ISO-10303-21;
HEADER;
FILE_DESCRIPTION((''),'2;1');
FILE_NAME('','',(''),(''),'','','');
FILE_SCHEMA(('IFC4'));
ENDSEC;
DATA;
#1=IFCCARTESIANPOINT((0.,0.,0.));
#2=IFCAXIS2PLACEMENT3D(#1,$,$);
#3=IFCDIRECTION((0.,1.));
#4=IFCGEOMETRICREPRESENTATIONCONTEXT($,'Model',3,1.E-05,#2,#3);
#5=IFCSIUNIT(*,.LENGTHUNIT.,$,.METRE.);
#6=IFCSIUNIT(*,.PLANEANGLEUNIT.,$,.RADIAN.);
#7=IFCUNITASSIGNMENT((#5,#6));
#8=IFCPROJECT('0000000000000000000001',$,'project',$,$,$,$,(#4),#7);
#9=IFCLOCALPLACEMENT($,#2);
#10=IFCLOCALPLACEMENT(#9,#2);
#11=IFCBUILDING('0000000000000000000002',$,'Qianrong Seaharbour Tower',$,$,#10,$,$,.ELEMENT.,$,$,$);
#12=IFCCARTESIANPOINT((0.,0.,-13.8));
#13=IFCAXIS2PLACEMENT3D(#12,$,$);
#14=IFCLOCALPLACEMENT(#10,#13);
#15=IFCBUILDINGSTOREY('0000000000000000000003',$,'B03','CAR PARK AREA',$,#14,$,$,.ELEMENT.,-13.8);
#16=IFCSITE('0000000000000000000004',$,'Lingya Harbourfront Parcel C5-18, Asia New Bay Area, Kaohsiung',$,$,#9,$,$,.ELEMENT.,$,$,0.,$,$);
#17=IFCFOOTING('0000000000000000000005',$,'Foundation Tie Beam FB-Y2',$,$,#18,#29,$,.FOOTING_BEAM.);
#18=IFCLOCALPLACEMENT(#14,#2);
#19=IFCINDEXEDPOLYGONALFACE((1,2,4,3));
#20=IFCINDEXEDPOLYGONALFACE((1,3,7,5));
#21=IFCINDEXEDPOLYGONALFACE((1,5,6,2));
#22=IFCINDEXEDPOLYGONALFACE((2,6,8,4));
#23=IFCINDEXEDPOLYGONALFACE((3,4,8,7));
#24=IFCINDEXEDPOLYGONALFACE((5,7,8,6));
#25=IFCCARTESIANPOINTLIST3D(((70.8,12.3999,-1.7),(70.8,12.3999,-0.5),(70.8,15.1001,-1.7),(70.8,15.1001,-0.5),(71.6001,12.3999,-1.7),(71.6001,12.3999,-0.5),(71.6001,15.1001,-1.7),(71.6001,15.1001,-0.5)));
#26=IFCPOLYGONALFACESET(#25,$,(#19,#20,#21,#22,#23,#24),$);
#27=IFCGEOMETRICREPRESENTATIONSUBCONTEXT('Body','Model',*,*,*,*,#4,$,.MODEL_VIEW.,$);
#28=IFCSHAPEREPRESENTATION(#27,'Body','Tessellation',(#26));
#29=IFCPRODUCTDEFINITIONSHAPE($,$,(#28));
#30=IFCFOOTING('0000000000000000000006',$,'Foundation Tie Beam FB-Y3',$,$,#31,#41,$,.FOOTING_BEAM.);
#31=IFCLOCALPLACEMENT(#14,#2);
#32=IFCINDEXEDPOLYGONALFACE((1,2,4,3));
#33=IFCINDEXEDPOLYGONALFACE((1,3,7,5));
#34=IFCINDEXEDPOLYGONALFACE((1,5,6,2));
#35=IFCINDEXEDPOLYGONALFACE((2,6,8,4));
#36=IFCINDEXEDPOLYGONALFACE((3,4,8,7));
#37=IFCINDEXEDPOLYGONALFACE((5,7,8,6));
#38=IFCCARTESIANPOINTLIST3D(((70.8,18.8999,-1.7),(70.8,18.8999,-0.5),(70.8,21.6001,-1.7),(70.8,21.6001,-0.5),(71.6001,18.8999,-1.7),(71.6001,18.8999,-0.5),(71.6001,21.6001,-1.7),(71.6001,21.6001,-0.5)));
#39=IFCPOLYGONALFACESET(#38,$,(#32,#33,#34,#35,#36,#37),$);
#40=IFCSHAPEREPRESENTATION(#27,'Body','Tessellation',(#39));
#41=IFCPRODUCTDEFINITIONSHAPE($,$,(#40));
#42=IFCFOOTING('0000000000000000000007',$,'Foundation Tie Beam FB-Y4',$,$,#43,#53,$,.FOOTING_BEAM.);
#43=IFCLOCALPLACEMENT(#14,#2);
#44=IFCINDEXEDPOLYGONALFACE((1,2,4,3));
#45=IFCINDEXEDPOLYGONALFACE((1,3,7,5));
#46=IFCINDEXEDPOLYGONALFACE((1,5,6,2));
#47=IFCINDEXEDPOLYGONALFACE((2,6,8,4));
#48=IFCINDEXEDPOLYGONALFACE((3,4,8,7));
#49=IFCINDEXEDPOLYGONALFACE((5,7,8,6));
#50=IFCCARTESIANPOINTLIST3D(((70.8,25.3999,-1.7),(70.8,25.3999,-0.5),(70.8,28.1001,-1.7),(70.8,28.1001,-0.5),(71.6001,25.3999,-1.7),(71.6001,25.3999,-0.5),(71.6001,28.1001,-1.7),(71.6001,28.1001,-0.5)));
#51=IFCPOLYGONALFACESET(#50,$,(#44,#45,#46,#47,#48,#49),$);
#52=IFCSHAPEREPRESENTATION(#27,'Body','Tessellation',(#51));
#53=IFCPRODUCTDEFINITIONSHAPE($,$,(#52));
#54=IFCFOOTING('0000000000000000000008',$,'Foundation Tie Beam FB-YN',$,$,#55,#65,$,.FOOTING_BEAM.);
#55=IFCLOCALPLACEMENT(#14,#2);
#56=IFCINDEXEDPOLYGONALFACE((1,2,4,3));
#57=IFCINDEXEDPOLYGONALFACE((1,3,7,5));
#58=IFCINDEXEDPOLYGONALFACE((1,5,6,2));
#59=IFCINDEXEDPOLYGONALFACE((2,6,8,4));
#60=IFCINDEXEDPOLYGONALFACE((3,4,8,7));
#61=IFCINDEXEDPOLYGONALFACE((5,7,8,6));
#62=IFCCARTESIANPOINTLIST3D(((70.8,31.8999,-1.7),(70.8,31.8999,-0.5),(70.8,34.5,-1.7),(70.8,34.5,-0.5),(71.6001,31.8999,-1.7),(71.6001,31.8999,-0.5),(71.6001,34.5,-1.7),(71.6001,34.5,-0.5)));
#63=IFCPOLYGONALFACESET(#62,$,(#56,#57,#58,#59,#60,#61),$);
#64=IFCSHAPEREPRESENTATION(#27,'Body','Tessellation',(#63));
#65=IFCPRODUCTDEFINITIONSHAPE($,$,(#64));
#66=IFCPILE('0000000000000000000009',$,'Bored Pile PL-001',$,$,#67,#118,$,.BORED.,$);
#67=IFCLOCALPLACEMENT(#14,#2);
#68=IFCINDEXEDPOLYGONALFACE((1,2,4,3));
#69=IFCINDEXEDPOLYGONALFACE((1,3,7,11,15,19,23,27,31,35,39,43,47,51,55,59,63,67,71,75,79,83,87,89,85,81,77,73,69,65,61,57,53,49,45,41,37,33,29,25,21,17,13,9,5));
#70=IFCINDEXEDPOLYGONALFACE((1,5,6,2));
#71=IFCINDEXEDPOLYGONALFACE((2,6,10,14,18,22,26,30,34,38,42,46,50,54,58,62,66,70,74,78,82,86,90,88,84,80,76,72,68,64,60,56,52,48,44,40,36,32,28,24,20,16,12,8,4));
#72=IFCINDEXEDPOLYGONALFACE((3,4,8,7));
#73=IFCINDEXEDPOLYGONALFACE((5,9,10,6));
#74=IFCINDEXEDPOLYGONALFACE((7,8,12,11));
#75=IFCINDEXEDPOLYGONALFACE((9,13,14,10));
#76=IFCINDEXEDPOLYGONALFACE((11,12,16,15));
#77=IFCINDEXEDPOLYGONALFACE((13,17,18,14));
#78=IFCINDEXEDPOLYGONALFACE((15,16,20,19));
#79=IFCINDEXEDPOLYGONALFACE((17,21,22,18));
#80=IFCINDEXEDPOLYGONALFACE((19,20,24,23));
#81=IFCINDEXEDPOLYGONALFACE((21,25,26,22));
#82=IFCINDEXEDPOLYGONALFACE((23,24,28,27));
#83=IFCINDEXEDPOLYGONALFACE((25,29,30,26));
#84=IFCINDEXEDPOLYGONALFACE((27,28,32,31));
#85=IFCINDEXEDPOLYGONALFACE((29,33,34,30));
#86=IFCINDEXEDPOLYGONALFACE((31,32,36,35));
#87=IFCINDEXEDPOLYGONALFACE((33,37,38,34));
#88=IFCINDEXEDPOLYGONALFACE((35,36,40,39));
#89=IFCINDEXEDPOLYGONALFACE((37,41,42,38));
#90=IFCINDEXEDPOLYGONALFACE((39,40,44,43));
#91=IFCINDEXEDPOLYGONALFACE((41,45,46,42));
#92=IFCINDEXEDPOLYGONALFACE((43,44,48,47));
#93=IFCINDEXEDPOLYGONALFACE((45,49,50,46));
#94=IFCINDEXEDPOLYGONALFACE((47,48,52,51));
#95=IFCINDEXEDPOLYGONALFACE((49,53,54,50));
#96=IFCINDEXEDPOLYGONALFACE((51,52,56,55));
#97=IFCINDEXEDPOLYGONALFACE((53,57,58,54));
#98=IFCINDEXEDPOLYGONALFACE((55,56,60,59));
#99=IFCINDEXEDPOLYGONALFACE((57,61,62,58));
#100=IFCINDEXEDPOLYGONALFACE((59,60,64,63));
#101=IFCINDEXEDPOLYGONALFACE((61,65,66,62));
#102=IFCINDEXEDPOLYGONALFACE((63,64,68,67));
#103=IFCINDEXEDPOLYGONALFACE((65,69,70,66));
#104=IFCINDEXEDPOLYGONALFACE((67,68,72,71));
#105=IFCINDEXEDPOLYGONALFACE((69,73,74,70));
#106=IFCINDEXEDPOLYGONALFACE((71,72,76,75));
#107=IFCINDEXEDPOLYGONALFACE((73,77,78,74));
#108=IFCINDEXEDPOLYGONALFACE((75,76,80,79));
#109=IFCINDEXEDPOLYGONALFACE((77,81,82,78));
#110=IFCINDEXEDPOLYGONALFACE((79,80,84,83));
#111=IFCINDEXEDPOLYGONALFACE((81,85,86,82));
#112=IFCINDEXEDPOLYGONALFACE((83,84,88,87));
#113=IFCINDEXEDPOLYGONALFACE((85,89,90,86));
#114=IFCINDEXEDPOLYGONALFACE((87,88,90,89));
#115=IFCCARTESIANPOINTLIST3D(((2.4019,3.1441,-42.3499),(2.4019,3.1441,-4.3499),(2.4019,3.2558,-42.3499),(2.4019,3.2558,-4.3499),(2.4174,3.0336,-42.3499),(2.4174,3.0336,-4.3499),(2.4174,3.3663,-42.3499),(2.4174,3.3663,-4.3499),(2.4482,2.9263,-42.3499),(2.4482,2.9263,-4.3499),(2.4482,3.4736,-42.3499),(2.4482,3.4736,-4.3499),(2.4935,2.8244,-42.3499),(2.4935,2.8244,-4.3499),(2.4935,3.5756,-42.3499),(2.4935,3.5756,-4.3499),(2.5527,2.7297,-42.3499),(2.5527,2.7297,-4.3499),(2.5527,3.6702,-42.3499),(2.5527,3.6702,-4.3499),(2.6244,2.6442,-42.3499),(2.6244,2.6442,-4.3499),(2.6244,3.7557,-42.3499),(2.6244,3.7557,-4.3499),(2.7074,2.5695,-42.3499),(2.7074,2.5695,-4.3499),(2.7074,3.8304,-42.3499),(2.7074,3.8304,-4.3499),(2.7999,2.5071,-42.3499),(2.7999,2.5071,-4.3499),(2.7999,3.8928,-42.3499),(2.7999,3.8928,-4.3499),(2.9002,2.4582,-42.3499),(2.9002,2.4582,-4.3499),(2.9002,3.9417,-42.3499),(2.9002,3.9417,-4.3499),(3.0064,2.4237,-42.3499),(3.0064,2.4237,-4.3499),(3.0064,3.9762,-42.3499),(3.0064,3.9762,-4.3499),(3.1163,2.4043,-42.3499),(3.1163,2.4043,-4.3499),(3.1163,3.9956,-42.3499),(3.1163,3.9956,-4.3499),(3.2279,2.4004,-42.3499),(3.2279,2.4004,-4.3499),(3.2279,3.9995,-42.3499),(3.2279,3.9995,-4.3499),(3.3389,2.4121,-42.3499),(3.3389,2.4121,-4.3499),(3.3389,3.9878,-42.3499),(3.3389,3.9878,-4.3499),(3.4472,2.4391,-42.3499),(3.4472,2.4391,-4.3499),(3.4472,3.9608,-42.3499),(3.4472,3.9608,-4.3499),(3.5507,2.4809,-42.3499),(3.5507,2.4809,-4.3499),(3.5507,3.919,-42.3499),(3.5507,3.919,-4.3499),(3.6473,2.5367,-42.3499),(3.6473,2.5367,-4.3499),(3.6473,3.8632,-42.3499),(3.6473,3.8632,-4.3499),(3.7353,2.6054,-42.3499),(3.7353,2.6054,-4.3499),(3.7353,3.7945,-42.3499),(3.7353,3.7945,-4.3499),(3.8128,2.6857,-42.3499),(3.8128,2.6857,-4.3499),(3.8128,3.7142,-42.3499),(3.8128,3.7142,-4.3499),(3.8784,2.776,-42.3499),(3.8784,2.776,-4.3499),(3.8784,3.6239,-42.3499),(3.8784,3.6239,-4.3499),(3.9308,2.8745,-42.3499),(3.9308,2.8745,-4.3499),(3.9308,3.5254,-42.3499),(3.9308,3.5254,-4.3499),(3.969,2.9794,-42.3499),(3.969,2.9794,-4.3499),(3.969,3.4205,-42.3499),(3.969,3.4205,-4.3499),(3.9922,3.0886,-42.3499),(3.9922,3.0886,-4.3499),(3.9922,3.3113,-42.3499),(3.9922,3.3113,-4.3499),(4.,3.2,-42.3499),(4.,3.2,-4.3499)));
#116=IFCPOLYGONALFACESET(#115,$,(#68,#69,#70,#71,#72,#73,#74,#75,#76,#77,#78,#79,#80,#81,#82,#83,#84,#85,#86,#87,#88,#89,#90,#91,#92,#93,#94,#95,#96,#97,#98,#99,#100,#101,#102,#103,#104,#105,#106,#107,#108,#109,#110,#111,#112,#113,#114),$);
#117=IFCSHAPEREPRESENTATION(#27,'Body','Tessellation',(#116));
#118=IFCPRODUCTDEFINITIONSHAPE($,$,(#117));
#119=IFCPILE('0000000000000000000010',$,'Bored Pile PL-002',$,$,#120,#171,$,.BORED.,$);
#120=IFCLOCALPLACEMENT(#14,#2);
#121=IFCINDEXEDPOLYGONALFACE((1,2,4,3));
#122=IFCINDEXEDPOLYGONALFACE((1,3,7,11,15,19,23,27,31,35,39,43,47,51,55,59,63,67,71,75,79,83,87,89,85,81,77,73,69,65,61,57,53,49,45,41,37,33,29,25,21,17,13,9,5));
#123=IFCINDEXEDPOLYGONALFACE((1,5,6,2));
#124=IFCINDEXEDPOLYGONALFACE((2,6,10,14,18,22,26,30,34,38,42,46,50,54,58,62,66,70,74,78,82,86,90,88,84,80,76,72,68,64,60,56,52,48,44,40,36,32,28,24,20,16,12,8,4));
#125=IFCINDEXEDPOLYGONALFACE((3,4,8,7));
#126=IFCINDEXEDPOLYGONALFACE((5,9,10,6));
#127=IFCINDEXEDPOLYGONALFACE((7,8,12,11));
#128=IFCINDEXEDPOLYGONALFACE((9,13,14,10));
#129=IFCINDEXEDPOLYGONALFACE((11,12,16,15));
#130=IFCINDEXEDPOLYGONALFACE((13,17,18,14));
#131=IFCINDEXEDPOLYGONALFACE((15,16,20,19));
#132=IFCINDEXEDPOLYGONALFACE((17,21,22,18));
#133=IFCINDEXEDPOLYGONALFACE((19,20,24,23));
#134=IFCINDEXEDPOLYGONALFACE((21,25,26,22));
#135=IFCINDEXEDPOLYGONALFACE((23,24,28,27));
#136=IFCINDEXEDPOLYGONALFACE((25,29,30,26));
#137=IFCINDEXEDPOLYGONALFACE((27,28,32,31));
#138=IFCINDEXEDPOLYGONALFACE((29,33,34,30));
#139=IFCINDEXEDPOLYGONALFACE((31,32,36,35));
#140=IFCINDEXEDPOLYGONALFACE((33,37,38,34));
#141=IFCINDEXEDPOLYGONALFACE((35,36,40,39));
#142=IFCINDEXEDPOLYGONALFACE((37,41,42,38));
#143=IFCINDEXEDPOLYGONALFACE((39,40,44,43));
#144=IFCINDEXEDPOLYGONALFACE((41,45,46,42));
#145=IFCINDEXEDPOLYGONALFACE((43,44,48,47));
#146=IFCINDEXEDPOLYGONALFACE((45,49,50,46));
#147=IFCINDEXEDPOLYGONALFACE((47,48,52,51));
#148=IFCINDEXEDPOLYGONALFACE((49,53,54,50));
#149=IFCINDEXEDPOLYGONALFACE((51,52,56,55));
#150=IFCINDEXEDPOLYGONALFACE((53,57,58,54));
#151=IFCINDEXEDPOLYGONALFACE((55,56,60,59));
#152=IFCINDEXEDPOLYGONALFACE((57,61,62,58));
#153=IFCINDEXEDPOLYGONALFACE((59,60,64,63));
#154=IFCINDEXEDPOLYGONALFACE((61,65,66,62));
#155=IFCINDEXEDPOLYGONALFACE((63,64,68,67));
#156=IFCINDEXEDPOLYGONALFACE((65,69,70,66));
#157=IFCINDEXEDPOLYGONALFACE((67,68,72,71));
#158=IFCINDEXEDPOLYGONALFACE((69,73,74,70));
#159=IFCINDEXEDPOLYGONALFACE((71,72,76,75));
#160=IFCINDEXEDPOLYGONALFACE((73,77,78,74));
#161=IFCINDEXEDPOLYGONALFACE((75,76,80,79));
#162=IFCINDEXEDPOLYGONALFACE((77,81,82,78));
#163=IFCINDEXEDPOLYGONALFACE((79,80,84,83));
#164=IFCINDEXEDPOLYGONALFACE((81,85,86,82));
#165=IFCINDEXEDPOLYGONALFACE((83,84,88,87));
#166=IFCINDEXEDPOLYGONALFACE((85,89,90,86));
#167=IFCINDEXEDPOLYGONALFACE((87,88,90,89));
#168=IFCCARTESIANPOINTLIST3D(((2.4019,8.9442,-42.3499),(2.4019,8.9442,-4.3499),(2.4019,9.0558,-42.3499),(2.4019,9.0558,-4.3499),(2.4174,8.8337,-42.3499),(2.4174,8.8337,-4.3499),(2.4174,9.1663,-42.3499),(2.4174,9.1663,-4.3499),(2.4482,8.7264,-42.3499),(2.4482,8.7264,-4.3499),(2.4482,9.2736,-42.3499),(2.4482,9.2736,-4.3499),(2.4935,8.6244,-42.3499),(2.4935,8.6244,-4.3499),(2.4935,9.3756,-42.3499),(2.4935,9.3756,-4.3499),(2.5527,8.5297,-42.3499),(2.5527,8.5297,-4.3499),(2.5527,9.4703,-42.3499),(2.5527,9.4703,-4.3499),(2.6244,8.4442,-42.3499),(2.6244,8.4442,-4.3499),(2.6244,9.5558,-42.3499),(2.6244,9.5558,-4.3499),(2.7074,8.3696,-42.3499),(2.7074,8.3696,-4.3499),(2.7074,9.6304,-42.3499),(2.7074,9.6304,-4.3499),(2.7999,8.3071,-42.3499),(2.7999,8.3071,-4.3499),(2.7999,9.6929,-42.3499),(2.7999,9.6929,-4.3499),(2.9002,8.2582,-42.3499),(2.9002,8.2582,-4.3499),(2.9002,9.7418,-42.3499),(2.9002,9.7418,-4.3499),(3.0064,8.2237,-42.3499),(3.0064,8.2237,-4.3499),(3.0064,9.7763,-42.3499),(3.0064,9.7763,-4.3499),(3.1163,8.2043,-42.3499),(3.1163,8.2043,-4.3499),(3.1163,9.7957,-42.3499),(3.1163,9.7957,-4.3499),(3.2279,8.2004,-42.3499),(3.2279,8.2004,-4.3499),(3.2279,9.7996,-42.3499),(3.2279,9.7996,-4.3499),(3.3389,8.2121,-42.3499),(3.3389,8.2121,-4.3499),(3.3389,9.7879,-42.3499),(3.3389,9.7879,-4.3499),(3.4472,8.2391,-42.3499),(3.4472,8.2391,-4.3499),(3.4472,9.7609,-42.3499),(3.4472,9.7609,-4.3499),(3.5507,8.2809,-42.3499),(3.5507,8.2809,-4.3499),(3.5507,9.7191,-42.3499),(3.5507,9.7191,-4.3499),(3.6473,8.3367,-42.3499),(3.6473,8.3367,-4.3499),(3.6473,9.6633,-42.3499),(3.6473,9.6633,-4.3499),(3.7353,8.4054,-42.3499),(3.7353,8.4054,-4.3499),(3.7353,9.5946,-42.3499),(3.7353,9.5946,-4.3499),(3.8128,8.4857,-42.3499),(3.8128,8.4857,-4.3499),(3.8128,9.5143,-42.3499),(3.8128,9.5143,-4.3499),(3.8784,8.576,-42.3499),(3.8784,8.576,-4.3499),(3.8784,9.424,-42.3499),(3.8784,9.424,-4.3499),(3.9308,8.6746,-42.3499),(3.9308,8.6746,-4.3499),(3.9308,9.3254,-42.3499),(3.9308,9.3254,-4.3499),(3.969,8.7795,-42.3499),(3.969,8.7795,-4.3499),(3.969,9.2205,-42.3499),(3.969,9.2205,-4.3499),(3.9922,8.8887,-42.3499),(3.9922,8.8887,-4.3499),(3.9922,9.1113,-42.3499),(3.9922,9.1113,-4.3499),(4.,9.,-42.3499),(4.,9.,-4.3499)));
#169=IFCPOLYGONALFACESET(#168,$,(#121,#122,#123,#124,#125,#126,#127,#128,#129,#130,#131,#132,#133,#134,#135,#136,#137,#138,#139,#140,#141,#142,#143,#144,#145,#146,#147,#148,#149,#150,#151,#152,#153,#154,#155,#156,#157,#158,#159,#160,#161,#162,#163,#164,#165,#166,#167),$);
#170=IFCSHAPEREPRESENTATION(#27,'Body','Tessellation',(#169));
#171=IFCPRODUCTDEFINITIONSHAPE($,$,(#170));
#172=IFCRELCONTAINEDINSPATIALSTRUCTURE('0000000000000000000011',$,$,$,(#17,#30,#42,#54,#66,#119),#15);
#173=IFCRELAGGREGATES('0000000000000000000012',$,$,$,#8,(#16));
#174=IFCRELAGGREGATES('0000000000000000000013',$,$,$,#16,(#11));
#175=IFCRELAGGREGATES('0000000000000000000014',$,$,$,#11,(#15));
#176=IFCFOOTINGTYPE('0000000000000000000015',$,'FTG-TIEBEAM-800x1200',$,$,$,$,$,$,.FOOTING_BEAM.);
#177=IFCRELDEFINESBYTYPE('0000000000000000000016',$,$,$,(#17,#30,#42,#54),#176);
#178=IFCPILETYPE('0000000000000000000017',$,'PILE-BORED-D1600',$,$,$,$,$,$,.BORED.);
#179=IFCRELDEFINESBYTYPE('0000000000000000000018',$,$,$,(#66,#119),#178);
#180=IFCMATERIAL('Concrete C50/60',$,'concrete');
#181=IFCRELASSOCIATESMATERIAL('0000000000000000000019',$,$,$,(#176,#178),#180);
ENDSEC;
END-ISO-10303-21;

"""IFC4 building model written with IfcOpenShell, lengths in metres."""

from ifc_helpers import new_model, si_unit, direction, frame, origin, origin_2d, place, context, subcontext, project, spatial, polyline, circle, outline, extrude, material, material_profile, profile_set, type_object, element, save


model = new_model("IFC4")

# Units and contexts
model_context = context("Model", 3, precision=1e-05, world=origin(), true_north=direction((0.0, 1.0)))
body_context = subcontext(model_context, "Body", "Model", "MODEL_VIEW")
ifc_project = project(units=[si_unit("LENGTHUNIT", "METRE"), si_unit("PLANEANGLEUNIT", "RADIAN")], contexts=[model_context])

# Site, building, storey
site_placement = place(None, origin())
site = spatial("IfcSite", under=ifc_project, at=site_placement, Name="Lingya Harbourfront Parcel C5-18, Asia New Bay Area, Kaohsiung", CompositionType="ELEMENT", RefElevation=0.0)
building_placement = place(site_placement, origin())
building = spatial("IfcBuilding", under=site, at=building_placement, Name="Qianrong Seaharbour Tower", CompositionType="ELEMENT")
storey_placement = place(building_placement, frame((0.0, 0.0, -13.8)))
storey = spatial("IfcBuildingStorey", under=building, at=storey_placement, Name="B03", Description="CAR PARK AREA", CompositionType="ELEMENT", Elevation=-13.8)

# Footings
ifc_material_1 = material(Name="Concrete C50/60", Category="concrete")
footing_type_1 = type_object("IfcFootingType", Name="FTG-TIEBEAM-800x1200", PredefinedType="FOOTING_BEAM", material=ifc_material_1)
footing_1_placement = place(storey_placement, frame((0.0, 0.0, -1.7)))
element("IfcFooting", 1, at=footing_1_placement, inside=storey, type_object=footing_type_1, Name="Foundation Tie Beam FB-Y2", PredefinedType="FOOTING_BEAM", context=body_context, shape_type="SweptSolid", body=[
    extrude(outline(polyline([(70.8, 12.3999), (71.6001, 12.3999), (71.6001, 15.1001), (70.8, 15.1001), (70.8, 12.3999)])), origin(), (0.0, 0.0, 1.0), 1.2),
])
footing_2_placement = place(storey_placement, frame((0.0, 0.0, -1.7)))
element("IfcFooting", 2, at=footing_2_placement, inside=storey, type_object=footing_type_1, Name="Foundation Tie Beam FB-Y3", PredefinedType="FOOTING_BEAM", context=body_context, shape_type="SweptSolid", body=[
    extrude(outline(polyline([(70.8, 18.8999), (71.6001, 18.8999), (71.6001, 21.6001), (70.8, 21.6001), (70.8, 18.8999)])), origin(), (0.0, 0.0, 1.0), 1.2),
])
footing_3_placement = place(storey_placement, frame((0.0, 0.0, -1.7)))
element("IfcFooting", 3, at=footing_3_placement, inside=storey, type_object=footing_type_1, Name="Foundation Tie Beam FB-Y4", PredefinedType="FOOTING_BEAM", context=body_context, shape_type="SweptSolid", body=[
    extrude(outline(polyline([(70.8, 25.3999), (71.6001, 25.3999), (71.6001, 28.1001), (70.8, 28.1001), (70.8, 25.3999)])), origin(), (0.0, 0.0, 1.0), 1.2),
])
footing_4_placement = place(storey_placement, frame((0.0, 0.0, -1.7)))
element("IfcFooting", 4, at=footing_4_placement, inside=storey, type_object=footing_type_1, Name="Foundation Tie Beam FB-YN", PredefinedType="FOOTING_BEAM", context=body_context, shape_type="SweptSolid", body=[
    extrude(outline(polyline([(70.8, 31.8999), (71.6001, 31.8999), (71.6001, 34.5), (70.8, 34.5), (70.8, 31.8999)])), origin(), (0.0, 0.0, 1.0), 1.2),
])

# Piles
ifc_material_profile_1 = material_profile(ifc_material_1, circle(Radius=0.8, at=origin_2d()), Name="PILE-D1600")
ifc_profile_set_1 = profile_set([ifc_material_profile_1], Name="Concrete C50/60")
pile_type = type_object("IfcPileType", Name="PILE-BORED-D1600", PredefinedType="BORED", material=ifc_profile_set_1)
for number, where, z_axis, x_axis, name in (
    (5, (3.2, 3.2, -4.3499), (0.0, 0.0, -1.0), (1.0, 0.0, 0.0), "Bored Pile PL-001"),
    (6, (3.2, 9.0, -4.3499), (0.0, 0.0, -1.0), (1.0, 0.0, 0.0), "Bored Pile PL-002"),
):
    element("IfcPile", number, at=place(storey_placement, frame(where, z_axis=z_axis, x_axis=x_axis)), inside=storey, type_object=pile_type, Name=name, PredefinedType="BORED", context=body_context, shape_type="SweptSolid", body=[
        extrude(circle(Radius=0.8, at=origin_2d()), origin(), (0.0, 0.0, 1.0), 38.0),
    ])

save(model, "model.ifc")
